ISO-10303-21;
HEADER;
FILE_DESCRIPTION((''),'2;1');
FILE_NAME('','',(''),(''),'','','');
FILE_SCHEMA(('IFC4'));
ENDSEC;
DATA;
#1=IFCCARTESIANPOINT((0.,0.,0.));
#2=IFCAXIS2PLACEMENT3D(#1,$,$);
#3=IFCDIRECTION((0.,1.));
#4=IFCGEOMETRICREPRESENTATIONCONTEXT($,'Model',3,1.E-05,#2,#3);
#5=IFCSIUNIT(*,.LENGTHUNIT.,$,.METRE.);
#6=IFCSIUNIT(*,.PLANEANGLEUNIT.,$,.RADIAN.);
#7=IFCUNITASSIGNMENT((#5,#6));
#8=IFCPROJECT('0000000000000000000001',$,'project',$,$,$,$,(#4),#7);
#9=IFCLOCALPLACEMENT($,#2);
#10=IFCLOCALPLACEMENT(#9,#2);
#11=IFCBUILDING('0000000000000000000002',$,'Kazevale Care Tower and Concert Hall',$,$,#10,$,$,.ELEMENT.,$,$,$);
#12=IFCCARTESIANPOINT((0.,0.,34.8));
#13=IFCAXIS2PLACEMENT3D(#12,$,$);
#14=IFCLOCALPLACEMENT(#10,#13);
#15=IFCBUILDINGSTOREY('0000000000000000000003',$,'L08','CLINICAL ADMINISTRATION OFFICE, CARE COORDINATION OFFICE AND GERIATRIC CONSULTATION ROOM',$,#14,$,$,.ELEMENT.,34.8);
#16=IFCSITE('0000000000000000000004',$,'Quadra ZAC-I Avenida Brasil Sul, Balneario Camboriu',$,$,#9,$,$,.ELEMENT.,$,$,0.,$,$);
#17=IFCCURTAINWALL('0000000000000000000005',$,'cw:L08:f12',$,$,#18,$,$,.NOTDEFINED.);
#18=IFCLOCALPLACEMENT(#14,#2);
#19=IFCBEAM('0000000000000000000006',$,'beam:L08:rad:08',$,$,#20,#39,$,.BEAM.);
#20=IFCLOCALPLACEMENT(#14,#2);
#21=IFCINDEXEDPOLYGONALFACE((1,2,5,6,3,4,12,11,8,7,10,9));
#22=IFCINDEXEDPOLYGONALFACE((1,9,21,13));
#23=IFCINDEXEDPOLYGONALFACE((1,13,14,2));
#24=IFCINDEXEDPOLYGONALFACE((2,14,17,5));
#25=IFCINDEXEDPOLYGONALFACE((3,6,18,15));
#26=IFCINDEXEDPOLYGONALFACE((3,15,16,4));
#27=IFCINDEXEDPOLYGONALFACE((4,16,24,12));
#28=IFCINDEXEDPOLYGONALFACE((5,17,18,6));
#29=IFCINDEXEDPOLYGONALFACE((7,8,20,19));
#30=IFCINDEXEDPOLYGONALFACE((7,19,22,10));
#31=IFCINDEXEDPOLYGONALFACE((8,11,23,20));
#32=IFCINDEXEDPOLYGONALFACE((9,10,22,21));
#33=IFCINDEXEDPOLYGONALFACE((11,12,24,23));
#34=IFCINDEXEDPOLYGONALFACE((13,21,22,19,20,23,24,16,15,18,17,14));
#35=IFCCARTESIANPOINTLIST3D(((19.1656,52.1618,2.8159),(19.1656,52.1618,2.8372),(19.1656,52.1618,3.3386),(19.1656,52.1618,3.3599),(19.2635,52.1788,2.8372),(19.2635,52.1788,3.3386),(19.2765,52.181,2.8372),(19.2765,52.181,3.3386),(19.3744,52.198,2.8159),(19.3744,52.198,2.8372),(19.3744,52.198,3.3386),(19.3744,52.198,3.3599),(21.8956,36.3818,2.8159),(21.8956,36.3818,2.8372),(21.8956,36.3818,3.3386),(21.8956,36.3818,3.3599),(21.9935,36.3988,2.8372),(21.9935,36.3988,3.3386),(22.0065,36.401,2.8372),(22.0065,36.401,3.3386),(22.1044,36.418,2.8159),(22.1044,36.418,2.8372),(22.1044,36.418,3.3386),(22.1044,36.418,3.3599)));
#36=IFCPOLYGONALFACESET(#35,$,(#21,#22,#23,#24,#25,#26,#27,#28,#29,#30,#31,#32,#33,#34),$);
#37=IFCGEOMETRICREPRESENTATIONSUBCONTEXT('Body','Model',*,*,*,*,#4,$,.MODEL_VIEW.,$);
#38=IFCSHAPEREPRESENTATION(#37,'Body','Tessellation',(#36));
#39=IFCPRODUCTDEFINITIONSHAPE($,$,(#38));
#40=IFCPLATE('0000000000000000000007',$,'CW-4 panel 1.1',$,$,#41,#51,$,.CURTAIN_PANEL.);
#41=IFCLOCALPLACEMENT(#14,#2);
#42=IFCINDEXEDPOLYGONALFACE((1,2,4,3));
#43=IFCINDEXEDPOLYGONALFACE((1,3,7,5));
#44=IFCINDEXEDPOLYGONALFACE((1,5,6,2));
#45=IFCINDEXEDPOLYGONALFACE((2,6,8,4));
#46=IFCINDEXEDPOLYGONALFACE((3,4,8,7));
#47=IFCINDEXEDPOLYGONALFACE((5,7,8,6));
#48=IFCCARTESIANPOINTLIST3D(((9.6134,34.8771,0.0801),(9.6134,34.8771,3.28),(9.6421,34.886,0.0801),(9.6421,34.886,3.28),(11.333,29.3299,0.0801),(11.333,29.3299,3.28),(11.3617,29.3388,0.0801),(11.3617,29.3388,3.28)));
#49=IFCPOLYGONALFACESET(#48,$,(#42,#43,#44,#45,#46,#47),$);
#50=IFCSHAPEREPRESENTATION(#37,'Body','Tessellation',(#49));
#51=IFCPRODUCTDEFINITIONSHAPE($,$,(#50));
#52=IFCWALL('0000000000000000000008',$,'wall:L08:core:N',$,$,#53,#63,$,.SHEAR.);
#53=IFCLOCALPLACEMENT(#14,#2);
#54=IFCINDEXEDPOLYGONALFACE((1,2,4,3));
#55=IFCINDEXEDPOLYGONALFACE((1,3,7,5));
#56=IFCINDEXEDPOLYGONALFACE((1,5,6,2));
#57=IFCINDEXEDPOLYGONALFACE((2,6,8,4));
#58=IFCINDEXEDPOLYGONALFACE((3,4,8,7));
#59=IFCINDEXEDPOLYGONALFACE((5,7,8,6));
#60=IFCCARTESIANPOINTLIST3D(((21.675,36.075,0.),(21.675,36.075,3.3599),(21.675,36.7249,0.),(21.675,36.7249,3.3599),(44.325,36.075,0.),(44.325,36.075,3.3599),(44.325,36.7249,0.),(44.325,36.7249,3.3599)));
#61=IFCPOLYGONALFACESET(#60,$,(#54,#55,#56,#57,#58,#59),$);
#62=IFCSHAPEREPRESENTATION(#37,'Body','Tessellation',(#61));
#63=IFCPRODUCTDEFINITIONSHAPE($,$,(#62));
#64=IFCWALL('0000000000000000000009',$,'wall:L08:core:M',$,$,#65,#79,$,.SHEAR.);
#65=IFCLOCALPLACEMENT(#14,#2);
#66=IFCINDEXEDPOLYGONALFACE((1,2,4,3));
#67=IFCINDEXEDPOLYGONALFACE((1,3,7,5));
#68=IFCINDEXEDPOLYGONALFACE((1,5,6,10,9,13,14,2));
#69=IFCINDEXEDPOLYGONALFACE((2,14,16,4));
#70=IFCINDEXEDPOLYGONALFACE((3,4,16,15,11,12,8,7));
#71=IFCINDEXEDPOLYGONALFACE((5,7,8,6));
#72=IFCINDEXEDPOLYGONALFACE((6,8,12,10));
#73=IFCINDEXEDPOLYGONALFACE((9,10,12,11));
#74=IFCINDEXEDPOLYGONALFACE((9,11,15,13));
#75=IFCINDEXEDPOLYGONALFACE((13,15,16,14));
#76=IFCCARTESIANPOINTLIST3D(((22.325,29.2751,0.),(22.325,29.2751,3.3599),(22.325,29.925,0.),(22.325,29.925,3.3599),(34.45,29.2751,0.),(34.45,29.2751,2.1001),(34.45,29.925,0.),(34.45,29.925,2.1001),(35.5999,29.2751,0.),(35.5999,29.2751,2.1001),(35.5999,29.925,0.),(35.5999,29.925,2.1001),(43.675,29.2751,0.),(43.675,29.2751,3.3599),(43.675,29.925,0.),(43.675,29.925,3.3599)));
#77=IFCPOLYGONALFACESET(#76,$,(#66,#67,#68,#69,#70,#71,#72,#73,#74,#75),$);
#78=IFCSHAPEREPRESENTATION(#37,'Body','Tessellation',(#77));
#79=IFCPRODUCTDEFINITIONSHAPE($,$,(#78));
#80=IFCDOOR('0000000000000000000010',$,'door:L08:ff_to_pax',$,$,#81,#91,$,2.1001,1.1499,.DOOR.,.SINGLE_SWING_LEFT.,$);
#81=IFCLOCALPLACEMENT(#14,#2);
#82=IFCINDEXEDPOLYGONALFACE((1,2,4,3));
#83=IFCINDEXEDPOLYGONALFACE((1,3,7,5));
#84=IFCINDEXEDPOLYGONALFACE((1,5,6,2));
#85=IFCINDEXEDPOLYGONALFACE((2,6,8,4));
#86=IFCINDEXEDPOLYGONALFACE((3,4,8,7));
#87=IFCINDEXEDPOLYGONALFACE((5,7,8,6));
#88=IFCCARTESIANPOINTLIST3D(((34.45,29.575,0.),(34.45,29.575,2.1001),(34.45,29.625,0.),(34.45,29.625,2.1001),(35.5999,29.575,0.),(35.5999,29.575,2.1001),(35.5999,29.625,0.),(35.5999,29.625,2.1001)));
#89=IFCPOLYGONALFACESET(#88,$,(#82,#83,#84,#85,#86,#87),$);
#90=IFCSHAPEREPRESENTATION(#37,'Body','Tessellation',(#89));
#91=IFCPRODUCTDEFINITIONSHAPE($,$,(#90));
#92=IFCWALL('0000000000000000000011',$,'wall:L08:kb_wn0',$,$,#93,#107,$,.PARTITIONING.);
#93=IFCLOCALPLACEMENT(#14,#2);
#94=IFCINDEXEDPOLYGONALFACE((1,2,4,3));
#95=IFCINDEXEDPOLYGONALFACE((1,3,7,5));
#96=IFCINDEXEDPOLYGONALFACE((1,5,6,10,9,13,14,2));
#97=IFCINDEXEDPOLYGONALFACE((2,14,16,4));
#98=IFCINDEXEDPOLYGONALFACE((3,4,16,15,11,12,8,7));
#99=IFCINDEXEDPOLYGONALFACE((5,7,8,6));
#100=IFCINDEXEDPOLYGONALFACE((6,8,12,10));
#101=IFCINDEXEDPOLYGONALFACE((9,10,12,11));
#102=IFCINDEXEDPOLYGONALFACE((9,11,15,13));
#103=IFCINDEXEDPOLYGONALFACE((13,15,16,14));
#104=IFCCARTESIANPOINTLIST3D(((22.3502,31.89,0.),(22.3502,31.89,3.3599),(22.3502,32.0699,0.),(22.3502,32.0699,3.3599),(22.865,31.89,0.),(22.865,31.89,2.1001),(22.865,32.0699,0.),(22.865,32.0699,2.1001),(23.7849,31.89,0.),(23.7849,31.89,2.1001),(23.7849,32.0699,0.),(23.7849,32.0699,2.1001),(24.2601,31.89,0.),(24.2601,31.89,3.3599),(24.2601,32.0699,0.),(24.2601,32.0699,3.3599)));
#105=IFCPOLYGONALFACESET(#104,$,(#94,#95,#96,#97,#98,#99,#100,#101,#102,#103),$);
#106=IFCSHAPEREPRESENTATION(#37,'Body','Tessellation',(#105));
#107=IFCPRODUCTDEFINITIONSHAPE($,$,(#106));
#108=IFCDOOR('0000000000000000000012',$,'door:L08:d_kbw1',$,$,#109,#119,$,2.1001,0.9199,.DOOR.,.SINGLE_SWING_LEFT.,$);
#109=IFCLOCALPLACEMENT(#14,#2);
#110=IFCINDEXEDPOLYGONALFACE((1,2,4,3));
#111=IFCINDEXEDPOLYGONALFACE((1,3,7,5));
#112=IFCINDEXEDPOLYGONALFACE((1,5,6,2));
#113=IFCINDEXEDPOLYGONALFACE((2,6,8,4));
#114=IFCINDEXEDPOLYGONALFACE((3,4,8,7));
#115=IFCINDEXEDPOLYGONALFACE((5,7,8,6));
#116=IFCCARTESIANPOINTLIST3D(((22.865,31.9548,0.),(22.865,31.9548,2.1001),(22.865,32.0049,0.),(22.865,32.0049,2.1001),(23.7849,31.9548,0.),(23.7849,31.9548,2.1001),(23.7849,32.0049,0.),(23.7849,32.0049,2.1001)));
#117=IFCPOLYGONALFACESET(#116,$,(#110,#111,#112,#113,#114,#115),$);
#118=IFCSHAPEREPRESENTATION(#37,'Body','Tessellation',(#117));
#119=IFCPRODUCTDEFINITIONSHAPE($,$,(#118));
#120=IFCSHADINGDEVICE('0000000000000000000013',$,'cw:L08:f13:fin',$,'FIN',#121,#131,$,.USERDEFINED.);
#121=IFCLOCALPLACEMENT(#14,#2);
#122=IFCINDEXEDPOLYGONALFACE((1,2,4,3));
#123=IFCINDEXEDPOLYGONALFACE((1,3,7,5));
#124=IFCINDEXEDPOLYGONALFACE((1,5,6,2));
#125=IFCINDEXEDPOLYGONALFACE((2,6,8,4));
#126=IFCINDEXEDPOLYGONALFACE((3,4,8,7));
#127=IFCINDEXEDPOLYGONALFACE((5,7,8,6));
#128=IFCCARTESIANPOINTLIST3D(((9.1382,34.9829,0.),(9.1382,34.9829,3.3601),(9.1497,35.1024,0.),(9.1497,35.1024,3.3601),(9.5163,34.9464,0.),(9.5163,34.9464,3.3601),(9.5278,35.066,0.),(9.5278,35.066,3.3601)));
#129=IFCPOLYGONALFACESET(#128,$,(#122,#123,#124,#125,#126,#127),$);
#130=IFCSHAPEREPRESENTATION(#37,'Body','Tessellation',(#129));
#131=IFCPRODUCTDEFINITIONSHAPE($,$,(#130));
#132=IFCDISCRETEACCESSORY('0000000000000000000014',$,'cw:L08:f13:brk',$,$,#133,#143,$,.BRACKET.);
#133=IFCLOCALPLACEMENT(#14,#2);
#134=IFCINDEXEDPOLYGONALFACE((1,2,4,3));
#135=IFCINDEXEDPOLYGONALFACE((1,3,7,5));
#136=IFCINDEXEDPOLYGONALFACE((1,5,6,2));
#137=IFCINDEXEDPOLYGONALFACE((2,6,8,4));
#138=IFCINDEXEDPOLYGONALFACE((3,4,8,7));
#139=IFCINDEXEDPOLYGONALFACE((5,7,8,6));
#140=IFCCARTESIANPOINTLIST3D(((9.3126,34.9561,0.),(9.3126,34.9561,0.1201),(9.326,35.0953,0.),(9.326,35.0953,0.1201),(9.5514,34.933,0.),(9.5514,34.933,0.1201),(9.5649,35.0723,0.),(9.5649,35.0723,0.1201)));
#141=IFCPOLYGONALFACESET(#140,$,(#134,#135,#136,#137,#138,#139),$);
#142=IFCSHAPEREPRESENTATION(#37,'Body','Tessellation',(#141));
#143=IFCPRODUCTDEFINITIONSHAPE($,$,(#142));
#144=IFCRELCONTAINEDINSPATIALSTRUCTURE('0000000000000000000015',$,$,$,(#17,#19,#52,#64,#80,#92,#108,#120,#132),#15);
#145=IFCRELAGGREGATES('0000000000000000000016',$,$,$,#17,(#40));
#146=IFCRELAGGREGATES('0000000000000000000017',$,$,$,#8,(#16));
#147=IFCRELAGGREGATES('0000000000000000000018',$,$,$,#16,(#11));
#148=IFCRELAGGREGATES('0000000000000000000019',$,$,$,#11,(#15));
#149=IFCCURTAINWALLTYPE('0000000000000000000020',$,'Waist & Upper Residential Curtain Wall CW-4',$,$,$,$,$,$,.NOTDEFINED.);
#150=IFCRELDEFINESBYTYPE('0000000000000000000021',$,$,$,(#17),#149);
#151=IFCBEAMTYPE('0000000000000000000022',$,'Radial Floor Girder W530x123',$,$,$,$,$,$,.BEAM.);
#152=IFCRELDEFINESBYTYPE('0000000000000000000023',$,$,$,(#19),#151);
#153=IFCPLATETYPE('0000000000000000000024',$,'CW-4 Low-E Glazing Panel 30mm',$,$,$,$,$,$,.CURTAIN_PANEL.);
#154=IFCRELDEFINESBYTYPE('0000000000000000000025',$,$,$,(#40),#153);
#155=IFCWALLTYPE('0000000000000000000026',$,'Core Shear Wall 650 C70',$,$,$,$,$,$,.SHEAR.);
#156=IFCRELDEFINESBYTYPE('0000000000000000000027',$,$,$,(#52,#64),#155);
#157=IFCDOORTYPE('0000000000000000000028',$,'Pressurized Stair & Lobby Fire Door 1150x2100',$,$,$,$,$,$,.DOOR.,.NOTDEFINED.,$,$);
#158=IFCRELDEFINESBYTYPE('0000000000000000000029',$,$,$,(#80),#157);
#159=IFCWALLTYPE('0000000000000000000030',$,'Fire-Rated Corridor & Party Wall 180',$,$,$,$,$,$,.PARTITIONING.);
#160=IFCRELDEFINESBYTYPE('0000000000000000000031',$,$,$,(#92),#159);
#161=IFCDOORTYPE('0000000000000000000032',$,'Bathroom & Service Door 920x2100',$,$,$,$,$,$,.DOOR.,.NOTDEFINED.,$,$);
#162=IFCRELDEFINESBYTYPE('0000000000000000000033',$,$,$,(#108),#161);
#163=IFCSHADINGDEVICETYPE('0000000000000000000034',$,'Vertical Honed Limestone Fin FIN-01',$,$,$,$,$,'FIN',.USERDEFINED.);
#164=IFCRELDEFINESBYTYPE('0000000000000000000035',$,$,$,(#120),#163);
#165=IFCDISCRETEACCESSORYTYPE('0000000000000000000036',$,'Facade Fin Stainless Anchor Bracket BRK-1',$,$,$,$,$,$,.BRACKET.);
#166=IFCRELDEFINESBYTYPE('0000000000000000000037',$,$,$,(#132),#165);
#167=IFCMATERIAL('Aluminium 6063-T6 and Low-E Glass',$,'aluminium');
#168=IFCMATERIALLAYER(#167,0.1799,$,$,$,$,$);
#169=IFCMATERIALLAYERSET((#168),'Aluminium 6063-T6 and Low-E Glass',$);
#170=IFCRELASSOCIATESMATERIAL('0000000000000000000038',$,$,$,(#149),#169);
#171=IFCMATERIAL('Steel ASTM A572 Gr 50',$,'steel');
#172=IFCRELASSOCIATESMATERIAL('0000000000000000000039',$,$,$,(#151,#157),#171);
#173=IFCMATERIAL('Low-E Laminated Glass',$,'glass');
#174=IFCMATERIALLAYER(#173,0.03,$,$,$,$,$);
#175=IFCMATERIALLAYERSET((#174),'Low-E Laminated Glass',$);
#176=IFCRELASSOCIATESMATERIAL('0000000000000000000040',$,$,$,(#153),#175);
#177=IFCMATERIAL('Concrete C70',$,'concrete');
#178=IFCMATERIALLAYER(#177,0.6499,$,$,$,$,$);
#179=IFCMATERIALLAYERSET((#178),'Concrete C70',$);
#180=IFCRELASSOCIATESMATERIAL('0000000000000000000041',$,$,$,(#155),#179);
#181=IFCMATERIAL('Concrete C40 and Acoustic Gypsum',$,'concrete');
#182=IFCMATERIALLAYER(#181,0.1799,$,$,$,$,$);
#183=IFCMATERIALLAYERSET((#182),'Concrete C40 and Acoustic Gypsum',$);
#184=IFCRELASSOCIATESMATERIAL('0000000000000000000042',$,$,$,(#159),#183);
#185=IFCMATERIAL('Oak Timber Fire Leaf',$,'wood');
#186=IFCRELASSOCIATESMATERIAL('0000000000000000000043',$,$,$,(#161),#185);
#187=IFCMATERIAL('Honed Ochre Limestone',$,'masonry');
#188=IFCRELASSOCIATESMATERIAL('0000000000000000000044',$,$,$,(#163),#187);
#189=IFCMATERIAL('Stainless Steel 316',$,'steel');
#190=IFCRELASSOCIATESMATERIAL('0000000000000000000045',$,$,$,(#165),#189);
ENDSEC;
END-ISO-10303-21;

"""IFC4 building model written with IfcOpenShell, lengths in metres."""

from ifc_helpers import new_model, si_unit, direction, frame, frame_2d, origin, origin_2d, place, context, subcontext, project, spatial, rectangle, i_section, extrude, material, layer, layer_set, material_profile, profile_set, type_object, element, fill, aggregate, save


model = new_model("IFC4")

# Units and contexts
model_context = context("Model", 3, precision=1e-05, world=origin(), true_north=direction((0.0, 1.0)))
body_context = subcontext(model_context, "Body", "Model", "MODEL_VIEW")
ifc_project = project(units=[si_unit("LENGTHUNIT", "METRE"), si_unit("PLANEANGLEUNIT", "RADIAN")], contexts=[model_context])

# Site, building, storey
site_placement = place(None, origin())
site = spatial("IfcSite", under=ifc_project, at=site_placement, Name="Quadra ZAC-I Avenida Brasil Sul, Balneario Camboriu", CompositionType="ELEMENT", RefElevation=0.0)
building_placement = place(site_placement, origin())
building = spatial("IfcBuilding", under=site, at=building_placement, Name="Kazevale Care Tower and Concert Hall", CompositionType="ELEMENT")
storey_placement = place(building_placement, frame((0.0, 0.0, 34.8)))
storey = spatial("IfcBuildingStorey", under=building, at=storey_placement, Name="L08", Description="CLINICAL ADMINISTRATION OFFICE, CARE COORDINATION OFFICE AND GERIATRIC CONSULTATION ROOM", CompositionType="ELEMENT", Elevation=34.8)

# Shared definitions
ifc_material_1 = material(Name="Concrete C70", Category="concrete")

# Shared definitions
ifc_material_2 = material(Name="Aluminium 6063-T6 and Low-E Glass", Category="aluminium")
ifc_layer_1 = layer(ifc_material_2, 0.1799)
ifc_layer_set_1 = layer_set([ifc_layer_1], Name="Aluminium 6063-T6 and Low-E Glass")
curtain_wall_type = type_object("IfcCurtainWallType", Name="Waist & Upper Residential Curtain Wall CW-4", PredefinedType="NOTDEFINED", material=ifc_layer_set_1)

# Curtain wall
curtain_wall_1_placement = place(storey_placement, origin())
curtain_wall_1 = element("IfcCurtainWall", 1, at=curtain_wall_1_placement, inside=storey, type_object=curtain_wall_type, Name="cw:L08:f12", PredefinedType="NOTDEFINED")

# Beam
ifc_material_3 = material(Name="Steel ASTM A572 Gr 50", Category="steel")
ifc_material_profile_1 = material_profile(ifc_material_3, i_section(OverallWidth=0.2119, OverallDepth=0.5439, WebThickness=0.0132, FlangeThickness=0.0212, at=origin_2d()), Name="W530x123")
ifc_profile_set_1 = profile_set([ifc_material_profile_1], Name="Steel ASTM A572 Gr 50")
beam_type = type_object("IfcBeamType", Name="Radial Floor Girder W530x123", PredefinedType="BEAM", material=ifc_profile_set_1)
beam_1_placement = place(storey_placement, frame((22.0, 36.3999, 3.0879), z_axis=(-0.17047, 0.985363, 0.0), x_axis=(-0.985363, -0.17047, 0.0)))
element("IfcBeam", 2, at=beam_1_placement, inside=storey, type_object=beam_type, Name="beam:L08:rad:08", PredefinedType="BEAM", context=body_context, shape_type="SweptSolid", body=[
    extrude(i_section(OverallWidth=0.2119, OverallDepth=0.5439, WebThickness=0.0132, FlangeThickness=0.0212, at=origin_2d()), origin(), (0.0, 0.0, 1.0), 16.0144),
])

# Plate
ifc_material_4 = material(Name="Low-E Laminated Glass", Category="glass")
ifc_layer_2 = layer(ifc_material_4, 0.03)
ifc_layer_set_2 = layer_set([ifc_layer_2], Name="Low-E Laminated Glass")
plate_type = type_object("IfcPlateType", Name="CW-4 Low-E Glazing Panel 30mm", PredefinedType="CURTAIN_PANEL", material=ifc_layer_set_2)
plate_placement = place(storey_placement, frame((10.4875, 32.1079, 0.0801), z_axis=(0.0, 0.0, 1.0), x_axis=(-0.296099, 0.955157, 0.0)))
plate = element("IfcPlate", 3, at=plate_placement, type_object=plate_type, Name="CW-4 panel 1.1", PredefinedType="CURTAIN_PANEL", context=body_context, shape_type="SweptSolid", body=[
    extrude(rectangle(XDim=5.8076, YDim=0.03, at=origin_2d()), origin(), (0.0, 0.0, 1.0), 3.2),
])
aggregate(curtain_wall_1, [plate])

# Wall
ifc_layer_3 = layer(ifc_material_1, 0.6499)
ifc_layer_set_3 = layer_set([ifc_layer_3], Name="Concrete C70")
wall_type_1 = type_object("IfcWallType", Name="Core Shear Wall 650 C70", PredefinedType="SHEAR", material=ifc_layer_set_3)
wall_1_placement = place(storey_placement, frame((21.675, 36.3999, 0.0), z_axis=(0.0, 0.0, 1.0), x_axis=(1.0, 0.0, 0.0)))
element("IfcWall", 4, at=wall_1_placement, inside=storey, type_object=wall_type_1, Name="wall:L08:core:N", PredefinedType="SHEAR", context=body_context, shape_type="SweptSolid", body=[
    extrude(rectangle(XDim=22.6499, YDim=0.6499, at=frame_2d((11.325, 0.0))), origin(), (0.0, 0.0, 1.0), 3.3599),
])

# Walls, openings, doors
wall_2_placement = place(storey_placement, frame((22.325, 29.6001, 0.0), z_axis=(0.0, 0.0, 1.0), x_axis=(1.0, 0.0, 0.0)))
wall_2 = element("IfcWall", 5, at=wall_2_placement, inside=storey, type_object=wall_type_1, Name="wall:L08:core:M", PredefinedType="SHEAR", context=body_context, shape_type="SweptSolid", body=[
    extrude(rectangle(XDim=21.3501, YDim=0.6499, at=frame_2d((10.675, 0.0))), origin(), (0.0, 0.0, 1.0), 3.3599),
])
opening_1_placement = place(wall_2_placement, frame((12.125, 0.0, 0.0)))
opening_1 = element("IfcOpeningElement", 6, at=opening_1_placement, cuts=wall_2, PredefinedType="OPENING", context=body_context, shape_type="SweptSolid", body=[
    extrude(rectangle(XDim=1.1499, YDim=2.1001, at=frame_2d((0.575, 1.05))), frame((0.0, 0.335, 0.0), z_axis=(0.0, -1.0, 0.0), x_axis=(1.0, 0.0, 0.0)), (0.0, 0.0, 1.0), 0.6699),
])
door_type_1 = type_object("IfcDoorType", Name="Pressurized Stair & Lobby Fire Door 1150x2100", OperationType="NOTDEFINED", PredefinedType="DOOR", material=ifc_material_3)
door_1_placement = place(opening_1_placement, origin())
door_1 = element("IfcDoor", 7, at=door_1_placement, inside=storey, type_object=door_type_1, Name="door:L08:ff_to_pax", OperationType="SINGLE_SWING_LEFT", OverallHeight=2.1001, OverallWidth=1.1499, PredefinedType="DOOR", context=body_context, shape_type="SweptSolid", body=[
    extrude(rectangle(XDim=1.1499, YDim=2.1001, at=frame_2d((0.575, 1.05))), frame((0.0, 0.0249, 0.0), z_axis=(0.0, -1.0, 0.0), x_axis=(1.0, 0.0, 0.0)), (0.0, 0.0, 1.0), 0.05),
])
fill(opening_1, door_1)
ifc_material_5 = material(Name="Concrete C40 and Acoustic Gypsum", Category="concrete")
ifc_layer_4 = layer(ifc_material_5, 0.1799)
ifc_layer_set_4 = layer_set([ifc_layer_4], Name="Concrete C40 and Acoustic Gypsum")
wall_type_2 = type_object("IfcWallType", Name="Fire-Rated Corridor & Party Wall 180", PredefinedType="PARTITIONING", material=ifc_layer_set_4)
wall_3_placement = place(storey_placement, frame((22.3501, 31.98, 0.0), z_axis=(0.0, 0.0, 1.0), x_axis=(1.0, 0.0, 0.0)))
wall_3 = element("IfcWall", 8, at=wall_3_placement, inside=storey, type_object=wall_type_2, Name="wall:L08:kb_wn0", PredefinedType="PARTITIONING", context=body_context, shape_type="SweptSolid", body=[
    extrude(rectangle(XDim=1.9099, YDim=0.1799, at=frame_2d((0.9551, 0.0))), origin(), (0.0, 0.0, 1.0), 3.3599),
])
opening_2_placement = place(wall_3_placement, frame((0.5149, 0.0, 0.0)))
opening_2 = element("IfcOpeningElement", 9, at=opening_2_placement, cuts=wall_3, PredefinedType="OPENING", context=body_context, shape_type="SweptSolid", body=[
    extrude(rectangle(XDim=0.9199, YDim=2.1001, at=frame_2d((0.46, 1.05))), frame((0.0, 0.0999, 0.0), z_axis=(0.0, -1.0, 0.0), x_axis=(1.0, 0.0, 0.0)), (0.0, 0.0, 1.0), 0.2),
])
ifc_material_6 = material(Name="Oak Timber Fire Leaf", Category="wood")
door_type_2 = type_object("IfcDoorType", Name="Bathroom & Service Door 920x2100", OperationType="NOTDEFINED", PredefinedType="DOOR", material=ifc_material_6)
door_2_placement = place(opening_2_placement, origin())
door_2 = element("IfcDoor", 10, at=door_2_placement, inside=storey, type_object=door_type_2, Name="door:L08:d_kbw1", OperationType="SINGLE_SWING_LEFT", OverallHeight=2.1001, OverallWidth=0.9199, PredefinedType="DOOR", context=body_context, shape_type="SweptSolid", body=[
    extrude(rectangle(XDim=0.9199, YDim=2.1001, at=frame_2d((0.46, 1.05))), frame((0.0, 0.0249, 0.0), z_axis=(0.0, -1.0, 0.0), x_axis=(1.0, 0.0, 0.0)), (0.0, 0.0, 1.0), 0.05),
])
fill(opening_2, door_2)

# Shading device
ifc_material_7 = material(Name="Honed Ochre Limestone", Category="masonry")
shading_device_type = type_object("IfcShadingDeviceType", Name="Vertical Honed Limestone Fin FIN-01", ElementType="FIN", PredefinedType="USERDEFINED", material=ifc_material_7)
shading_device_placement = place(storey_placement, frame((9.333, 35.0244, 0.0), z_axis=(0.0, 0.0, 1.0), x_axis=(-0.995379, 0.096019, 0.0)))
element("IfcShadingDevice", 11, at=shading_device_placement, inside=storey, type_object=shading_device_type, Name="cw:L08:f13:fin", ObjectType="FIN", PredefinedType="USERDEFINED", context=body_context, shape_type="SweptSolid", body=[
    extrude(rectangle(XDim=0.3799, YDim=0.1201, at=origin_2d()), origin(), (0.0, 0.0, 1.0), 3.3601),
])

# Discrete accessory
ifc_material_8 = material(Name="Stainless Steel 316", Category="steel")
discrete_accessory_type = type_object("IfcDiscreteAccessoryType", Name="Facade Fin Stainless Anchor Bracket BRK-1", PredefinedType="BRACKET", material=ifc_material_8)
discrete_accessory_placement = place(storey_placement, frame((9.4387, 35.0142, 0.0), z_axis=(0.0, 0.0, 1.0), x_axis=(-0.995379, 0.096019, 0.0)))
element("IfcDiscreteAccessory", 12, at=discrete_accessory_placement, inside=storey, type_object=discrete_accessory_type, Name="cw:L08:f13:brk", PredefinedType="BRACKET", context=body_context, shape_type="SweptSolid", body=[
    extrude(rectangle(XDim=0.24, YDim=0.1399, at=origin_2d()), origin(), (0.0, 0.0, 1.0), 0.1201),
])

save(model, "model.ifc")
